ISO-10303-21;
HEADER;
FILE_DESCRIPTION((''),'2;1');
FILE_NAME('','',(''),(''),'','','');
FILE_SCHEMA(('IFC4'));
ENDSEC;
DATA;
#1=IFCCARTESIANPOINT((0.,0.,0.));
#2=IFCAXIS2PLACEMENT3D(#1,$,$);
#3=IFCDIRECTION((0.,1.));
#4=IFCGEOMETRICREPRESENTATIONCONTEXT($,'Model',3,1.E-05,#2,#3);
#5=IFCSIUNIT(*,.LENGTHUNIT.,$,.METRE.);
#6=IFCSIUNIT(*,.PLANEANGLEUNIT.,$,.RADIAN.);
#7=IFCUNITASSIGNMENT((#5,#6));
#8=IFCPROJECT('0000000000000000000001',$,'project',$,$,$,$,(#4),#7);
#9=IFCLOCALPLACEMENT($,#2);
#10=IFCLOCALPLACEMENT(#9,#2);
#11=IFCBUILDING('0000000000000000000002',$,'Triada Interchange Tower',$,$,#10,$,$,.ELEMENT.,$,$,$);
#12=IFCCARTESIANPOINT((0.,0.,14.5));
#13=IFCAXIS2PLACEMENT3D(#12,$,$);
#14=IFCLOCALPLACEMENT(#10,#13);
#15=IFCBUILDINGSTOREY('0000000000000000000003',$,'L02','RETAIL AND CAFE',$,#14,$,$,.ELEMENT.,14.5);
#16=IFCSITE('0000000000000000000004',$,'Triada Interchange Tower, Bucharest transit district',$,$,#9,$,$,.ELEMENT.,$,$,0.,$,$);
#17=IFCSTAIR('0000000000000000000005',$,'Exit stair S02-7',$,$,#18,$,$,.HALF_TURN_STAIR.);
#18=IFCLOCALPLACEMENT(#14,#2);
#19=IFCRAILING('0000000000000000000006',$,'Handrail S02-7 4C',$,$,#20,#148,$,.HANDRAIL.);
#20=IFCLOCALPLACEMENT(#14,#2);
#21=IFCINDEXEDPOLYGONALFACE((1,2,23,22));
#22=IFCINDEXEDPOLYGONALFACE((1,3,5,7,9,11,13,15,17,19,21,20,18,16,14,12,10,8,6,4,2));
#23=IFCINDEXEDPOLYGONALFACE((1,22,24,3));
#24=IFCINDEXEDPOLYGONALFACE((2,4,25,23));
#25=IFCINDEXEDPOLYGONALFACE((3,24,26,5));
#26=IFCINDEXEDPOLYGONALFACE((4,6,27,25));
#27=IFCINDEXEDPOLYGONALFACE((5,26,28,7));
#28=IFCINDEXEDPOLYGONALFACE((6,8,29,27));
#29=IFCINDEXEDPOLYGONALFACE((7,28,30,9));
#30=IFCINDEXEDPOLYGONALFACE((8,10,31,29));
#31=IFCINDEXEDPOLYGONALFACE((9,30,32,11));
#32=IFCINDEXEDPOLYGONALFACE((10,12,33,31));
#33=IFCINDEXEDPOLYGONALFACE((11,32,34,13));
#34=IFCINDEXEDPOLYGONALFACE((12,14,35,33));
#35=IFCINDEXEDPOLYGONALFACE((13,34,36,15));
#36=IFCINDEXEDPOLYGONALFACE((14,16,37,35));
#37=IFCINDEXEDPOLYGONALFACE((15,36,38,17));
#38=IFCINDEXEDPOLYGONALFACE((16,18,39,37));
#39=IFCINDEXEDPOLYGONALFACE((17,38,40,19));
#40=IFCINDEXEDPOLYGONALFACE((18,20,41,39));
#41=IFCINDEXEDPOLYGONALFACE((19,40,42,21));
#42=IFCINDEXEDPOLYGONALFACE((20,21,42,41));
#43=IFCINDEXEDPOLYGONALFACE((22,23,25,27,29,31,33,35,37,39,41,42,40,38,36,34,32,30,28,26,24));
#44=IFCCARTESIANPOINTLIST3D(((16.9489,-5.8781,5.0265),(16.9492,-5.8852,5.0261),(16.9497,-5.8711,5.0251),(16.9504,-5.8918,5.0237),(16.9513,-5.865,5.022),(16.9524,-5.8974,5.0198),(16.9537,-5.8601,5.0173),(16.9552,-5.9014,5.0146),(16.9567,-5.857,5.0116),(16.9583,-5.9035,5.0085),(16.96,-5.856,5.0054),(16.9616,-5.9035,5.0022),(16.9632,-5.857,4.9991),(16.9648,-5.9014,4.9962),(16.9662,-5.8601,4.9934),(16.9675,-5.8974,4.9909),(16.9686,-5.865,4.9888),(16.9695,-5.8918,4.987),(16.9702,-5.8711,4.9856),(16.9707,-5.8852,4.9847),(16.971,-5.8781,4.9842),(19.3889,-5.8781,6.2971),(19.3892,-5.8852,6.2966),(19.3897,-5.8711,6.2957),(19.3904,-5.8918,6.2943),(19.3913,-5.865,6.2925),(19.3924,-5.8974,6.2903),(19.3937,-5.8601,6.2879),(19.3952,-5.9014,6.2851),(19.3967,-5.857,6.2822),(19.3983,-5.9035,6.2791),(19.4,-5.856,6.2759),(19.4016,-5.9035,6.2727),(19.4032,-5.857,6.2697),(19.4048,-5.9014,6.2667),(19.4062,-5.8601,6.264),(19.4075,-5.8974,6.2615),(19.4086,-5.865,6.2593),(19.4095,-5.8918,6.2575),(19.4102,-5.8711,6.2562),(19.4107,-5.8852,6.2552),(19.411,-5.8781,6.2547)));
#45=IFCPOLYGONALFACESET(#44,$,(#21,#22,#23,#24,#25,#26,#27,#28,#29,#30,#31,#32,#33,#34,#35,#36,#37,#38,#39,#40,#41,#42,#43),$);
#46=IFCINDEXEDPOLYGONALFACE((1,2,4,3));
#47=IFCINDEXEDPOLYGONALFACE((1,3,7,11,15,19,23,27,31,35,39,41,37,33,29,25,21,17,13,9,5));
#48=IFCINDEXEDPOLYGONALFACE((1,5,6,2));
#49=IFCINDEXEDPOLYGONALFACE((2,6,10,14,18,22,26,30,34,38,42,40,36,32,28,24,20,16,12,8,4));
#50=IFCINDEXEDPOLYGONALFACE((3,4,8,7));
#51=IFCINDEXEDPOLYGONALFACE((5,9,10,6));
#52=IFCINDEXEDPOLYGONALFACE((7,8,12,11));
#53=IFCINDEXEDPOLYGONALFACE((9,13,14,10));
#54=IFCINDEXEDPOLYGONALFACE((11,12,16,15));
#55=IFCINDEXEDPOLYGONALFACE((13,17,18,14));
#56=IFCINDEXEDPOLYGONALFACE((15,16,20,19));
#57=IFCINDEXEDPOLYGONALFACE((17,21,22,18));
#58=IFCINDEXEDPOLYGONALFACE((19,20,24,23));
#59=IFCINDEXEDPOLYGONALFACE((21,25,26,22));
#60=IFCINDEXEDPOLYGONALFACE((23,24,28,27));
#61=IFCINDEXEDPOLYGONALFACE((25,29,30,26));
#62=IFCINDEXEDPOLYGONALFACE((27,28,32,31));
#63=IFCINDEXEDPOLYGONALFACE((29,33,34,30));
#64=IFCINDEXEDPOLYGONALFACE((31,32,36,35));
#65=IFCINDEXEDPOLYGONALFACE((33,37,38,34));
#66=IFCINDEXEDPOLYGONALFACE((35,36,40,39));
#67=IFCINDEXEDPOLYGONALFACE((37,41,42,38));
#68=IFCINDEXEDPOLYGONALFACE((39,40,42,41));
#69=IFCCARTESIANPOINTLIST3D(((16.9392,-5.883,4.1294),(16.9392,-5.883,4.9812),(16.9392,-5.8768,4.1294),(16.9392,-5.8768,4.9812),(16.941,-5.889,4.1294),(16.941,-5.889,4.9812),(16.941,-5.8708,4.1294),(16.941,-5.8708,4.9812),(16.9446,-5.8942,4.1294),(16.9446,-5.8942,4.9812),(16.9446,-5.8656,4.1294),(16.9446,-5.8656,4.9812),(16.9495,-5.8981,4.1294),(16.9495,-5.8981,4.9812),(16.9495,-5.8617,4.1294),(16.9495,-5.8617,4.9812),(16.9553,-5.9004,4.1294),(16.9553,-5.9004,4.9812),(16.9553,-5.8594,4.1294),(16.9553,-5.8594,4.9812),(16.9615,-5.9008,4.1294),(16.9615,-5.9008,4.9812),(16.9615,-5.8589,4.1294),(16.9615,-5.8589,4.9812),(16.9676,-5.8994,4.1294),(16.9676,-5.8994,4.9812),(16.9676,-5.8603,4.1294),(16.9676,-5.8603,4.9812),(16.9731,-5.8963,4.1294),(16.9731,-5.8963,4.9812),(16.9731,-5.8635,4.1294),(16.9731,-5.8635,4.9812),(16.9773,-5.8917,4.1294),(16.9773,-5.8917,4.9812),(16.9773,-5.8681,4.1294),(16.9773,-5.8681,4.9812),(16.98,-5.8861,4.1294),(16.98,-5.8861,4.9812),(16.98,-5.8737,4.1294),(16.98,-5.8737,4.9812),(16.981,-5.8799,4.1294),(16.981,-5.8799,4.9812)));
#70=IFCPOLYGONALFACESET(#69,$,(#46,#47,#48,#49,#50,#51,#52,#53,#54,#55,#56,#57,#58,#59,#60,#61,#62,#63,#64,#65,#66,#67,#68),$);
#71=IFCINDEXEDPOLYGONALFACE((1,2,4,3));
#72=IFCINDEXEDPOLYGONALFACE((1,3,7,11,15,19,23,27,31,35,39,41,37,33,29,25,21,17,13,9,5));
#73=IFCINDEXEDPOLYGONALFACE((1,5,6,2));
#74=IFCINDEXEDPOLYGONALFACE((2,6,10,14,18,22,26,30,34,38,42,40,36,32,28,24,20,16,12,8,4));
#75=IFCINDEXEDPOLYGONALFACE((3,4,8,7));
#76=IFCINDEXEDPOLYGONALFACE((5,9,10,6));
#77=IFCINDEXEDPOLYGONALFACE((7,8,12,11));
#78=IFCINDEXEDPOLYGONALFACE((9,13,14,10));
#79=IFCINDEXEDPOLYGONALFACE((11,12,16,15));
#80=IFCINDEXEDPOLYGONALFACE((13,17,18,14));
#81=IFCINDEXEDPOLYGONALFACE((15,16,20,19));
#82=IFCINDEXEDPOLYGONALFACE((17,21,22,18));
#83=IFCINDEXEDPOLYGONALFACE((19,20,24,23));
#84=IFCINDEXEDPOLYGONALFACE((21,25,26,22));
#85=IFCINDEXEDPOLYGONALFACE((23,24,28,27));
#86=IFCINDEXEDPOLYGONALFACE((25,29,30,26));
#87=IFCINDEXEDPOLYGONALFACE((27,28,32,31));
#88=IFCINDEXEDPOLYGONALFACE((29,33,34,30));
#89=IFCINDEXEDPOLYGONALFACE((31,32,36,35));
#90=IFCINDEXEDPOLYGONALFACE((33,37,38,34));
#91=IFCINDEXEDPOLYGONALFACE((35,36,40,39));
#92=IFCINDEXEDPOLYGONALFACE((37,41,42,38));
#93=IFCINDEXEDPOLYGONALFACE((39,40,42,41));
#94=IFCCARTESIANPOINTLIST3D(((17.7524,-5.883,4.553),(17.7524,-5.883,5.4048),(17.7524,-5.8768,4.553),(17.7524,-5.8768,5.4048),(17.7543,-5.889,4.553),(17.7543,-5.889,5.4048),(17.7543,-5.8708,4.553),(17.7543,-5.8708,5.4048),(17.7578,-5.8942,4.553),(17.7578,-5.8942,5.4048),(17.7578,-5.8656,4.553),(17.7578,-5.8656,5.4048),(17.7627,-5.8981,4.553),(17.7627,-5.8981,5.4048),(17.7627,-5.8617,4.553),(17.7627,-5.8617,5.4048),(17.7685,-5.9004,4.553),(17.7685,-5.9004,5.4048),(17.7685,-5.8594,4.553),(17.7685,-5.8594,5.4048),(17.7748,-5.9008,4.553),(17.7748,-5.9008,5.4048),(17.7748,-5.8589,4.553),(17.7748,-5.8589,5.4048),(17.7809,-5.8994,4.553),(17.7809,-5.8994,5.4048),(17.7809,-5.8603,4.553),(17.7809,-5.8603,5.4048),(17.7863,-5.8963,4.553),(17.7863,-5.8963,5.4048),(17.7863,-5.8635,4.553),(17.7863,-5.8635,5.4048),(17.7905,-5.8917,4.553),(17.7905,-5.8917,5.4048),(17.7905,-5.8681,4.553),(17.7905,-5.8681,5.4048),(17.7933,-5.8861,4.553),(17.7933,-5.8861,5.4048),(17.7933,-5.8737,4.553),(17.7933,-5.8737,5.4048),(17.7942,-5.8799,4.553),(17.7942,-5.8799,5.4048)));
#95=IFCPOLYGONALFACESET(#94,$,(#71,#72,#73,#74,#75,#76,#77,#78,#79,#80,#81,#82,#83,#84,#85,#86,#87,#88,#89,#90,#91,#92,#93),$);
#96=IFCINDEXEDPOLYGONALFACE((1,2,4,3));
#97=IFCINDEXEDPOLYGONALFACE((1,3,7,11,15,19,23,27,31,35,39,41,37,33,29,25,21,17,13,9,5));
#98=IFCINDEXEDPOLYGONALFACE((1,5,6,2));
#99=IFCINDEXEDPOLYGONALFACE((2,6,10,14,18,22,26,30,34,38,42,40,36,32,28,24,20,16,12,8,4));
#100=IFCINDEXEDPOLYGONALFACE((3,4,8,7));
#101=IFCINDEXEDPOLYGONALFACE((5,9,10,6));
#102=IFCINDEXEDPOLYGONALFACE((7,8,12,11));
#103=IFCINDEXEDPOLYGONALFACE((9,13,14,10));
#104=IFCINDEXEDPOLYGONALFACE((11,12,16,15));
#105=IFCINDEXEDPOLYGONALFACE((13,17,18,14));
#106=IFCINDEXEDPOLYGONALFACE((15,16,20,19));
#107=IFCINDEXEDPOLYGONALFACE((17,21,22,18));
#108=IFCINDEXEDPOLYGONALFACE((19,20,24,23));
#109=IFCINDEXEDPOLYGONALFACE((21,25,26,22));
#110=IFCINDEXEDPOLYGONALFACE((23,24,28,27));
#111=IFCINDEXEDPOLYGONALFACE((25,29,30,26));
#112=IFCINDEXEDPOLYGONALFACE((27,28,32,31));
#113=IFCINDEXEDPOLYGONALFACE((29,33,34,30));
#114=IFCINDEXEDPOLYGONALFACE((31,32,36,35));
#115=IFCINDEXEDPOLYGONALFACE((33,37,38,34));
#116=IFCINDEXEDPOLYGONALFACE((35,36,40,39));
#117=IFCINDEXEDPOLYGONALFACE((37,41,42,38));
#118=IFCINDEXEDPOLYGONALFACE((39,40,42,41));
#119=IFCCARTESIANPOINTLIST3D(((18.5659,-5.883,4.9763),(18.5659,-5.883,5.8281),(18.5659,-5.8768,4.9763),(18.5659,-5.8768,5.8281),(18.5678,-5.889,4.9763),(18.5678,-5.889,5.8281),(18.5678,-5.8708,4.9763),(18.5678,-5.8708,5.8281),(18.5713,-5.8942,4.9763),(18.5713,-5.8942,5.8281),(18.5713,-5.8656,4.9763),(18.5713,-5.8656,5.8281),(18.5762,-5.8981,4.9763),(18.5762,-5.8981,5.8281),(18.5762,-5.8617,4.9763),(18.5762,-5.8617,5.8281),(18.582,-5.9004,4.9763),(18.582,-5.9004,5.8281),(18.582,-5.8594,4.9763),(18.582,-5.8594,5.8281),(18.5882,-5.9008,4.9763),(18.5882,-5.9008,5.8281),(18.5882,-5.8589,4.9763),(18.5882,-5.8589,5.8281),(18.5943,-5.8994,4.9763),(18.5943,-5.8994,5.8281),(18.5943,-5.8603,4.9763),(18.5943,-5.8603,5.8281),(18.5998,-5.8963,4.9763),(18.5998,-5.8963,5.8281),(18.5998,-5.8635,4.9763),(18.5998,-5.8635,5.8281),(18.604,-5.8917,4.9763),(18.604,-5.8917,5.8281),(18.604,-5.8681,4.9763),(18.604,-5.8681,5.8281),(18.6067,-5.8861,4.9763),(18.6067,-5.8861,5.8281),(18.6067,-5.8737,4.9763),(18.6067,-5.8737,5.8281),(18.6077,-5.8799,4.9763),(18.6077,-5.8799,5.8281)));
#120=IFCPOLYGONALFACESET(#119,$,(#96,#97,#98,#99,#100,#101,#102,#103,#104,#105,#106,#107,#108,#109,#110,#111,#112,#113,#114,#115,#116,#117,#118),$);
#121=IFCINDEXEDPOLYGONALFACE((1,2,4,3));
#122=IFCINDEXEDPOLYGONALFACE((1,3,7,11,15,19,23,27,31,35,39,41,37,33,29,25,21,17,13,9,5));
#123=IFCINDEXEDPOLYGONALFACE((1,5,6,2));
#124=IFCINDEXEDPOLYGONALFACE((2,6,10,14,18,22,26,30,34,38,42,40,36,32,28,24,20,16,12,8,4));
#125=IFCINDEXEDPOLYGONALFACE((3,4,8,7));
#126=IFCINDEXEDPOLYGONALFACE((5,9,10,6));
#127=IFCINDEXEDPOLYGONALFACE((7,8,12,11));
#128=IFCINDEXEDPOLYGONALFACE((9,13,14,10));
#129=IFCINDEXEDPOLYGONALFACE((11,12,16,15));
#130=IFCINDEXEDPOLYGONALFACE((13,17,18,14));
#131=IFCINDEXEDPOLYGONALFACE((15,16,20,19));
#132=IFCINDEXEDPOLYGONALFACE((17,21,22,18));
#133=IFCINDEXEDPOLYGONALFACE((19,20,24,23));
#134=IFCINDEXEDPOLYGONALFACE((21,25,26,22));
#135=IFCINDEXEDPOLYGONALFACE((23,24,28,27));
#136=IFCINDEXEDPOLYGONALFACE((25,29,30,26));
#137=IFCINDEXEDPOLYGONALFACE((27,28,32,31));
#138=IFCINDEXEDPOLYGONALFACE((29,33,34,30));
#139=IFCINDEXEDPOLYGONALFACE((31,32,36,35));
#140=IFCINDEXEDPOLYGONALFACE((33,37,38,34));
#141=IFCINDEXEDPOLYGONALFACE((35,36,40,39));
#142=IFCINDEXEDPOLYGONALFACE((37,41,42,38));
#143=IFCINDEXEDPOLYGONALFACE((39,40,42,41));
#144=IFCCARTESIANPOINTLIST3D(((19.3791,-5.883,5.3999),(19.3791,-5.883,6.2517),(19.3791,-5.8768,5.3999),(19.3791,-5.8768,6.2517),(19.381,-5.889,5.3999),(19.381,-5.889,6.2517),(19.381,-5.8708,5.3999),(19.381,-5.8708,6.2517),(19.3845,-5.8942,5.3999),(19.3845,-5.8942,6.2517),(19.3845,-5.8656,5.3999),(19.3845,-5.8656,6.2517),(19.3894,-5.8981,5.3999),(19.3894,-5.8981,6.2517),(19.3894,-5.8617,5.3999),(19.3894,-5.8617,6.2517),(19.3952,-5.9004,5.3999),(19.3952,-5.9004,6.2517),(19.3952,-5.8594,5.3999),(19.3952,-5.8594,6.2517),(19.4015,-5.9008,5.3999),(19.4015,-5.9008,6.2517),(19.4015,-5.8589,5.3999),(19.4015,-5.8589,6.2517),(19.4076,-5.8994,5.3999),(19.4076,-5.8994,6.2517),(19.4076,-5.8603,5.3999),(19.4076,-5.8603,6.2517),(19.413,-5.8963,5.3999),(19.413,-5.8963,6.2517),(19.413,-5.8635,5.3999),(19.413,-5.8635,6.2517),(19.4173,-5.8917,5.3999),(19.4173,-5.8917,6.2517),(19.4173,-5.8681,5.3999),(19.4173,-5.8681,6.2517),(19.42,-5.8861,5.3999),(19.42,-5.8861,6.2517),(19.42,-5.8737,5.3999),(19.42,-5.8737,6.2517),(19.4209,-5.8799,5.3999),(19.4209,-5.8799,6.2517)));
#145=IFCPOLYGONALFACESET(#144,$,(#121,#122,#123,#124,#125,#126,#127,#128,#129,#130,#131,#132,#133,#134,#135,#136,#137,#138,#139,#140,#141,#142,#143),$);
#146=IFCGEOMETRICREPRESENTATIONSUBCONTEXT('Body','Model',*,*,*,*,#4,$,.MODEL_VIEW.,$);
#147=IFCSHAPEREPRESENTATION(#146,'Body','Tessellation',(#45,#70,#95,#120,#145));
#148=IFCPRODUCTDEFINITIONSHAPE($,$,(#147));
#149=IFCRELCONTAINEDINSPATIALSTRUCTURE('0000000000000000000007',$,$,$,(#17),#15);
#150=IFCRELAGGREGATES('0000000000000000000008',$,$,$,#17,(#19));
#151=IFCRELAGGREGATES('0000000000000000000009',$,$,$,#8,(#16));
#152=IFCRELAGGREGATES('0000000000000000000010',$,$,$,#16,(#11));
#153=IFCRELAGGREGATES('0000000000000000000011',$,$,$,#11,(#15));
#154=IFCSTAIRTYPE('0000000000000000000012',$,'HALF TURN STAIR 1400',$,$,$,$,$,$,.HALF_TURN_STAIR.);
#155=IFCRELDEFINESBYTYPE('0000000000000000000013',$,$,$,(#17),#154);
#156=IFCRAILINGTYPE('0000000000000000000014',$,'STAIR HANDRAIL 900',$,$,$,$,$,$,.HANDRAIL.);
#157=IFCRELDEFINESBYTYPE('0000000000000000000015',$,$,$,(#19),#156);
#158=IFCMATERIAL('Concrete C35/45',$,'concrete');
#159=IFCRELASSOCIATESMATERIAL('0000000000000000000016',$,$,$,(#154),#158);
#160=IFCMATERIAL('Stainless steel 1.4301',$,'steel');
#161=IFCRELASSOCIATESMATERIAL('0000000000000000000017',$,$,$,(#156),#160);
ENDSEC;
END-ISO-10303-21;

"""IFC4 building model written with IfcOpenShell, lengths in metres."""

from ifc_helpers import new_model, si_unit, direction, frame, origin, origin_2d, place, context, subcontext, project, spatial, circle, extrude, material, type_object, element, aggregate, save


model = new_model("IFC4")

# Units and contexts
model_context = context("Model", 3, precision=1e-05, world=origin(), true_north=direction((0.0, 1.0)))
body_context = subcontext(model_context, "Body", "Model", "MODEL_VIEW")
ifc_project = project(units=[si_unit("LENGTHUNIT", "METRE"), si_unit("PLANEANGLEUNIT", "RADIAN")], contexts=[model_context])

# Site, building, storey
site_placement = place(None, origin())
site = spatial("IfcSite", under=ifc_project, at=site_placement, Name="Triada Interchange Tower, Bucharest transit district", CompositionType="ELEMENT", RefElevation=0.0)
building_placement = place(site_placement, origin())
building = spatial("IfcBuilding", under=site, at=building_placement, Name="Triada Interchange Tower", CompositionType="ELEMENT")
storey_placement = place(building_placement, frame((0.0, 0.0, 14.5)))
storey = spatial("IfcBuildingStorey", under=building, at=storey_placement, Name="L02", Description="RETAIL AND CAFE", CompositionType="ELEMENT", Elevation=14.5)

# Shared definitions
ifc_material_1 = material(Name="Concrete C35/45", Category="concrete")

# Stair, railing
stair_type = type_object("IfcStairType", Name="HALF TURN STAIR 1400", PredefinedType="HALF_TURN_STAIR", material=ifc_material_1)
stair_placement = place(storey_placement, origin())
stair = element("IfcStair", 1, at=stair_placement, inside=storey, type_object=stair_type, Name="Exit stair S02-7", PredefinedType="HALF_TURN_STAIR")
ifc_material_2 = material(Name="Stainless steel 1.4301", Category="steel")
railing_type_1 = type_object("IfcRailingType", Name="STAIR HANDRAIL 900", PredefinedType="HANDRAIL", material=ifc_material_2)
railing_1_placement = place(storey_placement, frame((16.96, -5.8799, 4.1294)))
railing_1 = element("IfcRailing", 2, at=railing_1_placement, type_object=railing_type_1, Name="Handrail S02-7 4C", PredefinedType="HANDRAIL", context=body_context, shape_type="SweptSolid", body=[
    extrude(circle(Radius=0.0239, at=origin_2d()), frame((0.0, 0.0, 0.876), z_axis=(0.886958, 0.0, 0.46185), x_axis=(0.0, 1.0, 0.0)), (0.0, 0.0, 1.0), 2.751),
    extrude(circle(Radius=0.021, at=origin_2d()), origin(), (0.0, 0.0, 1.0), 0.8518),
    extrude(circle(Radius=0.021, at=origin_2d()), frame((0.8132, 0.0, 0.4236)), (0.0, 0.0, 1.0), 0.8518),
    extrude(circle(Radius=0.021, at=origin_2d()), frame((1.6267, 0.0, 0.8469)), (0.0, 0.0, 1.0), 0.8518),
    extrude(circle(Radius=0.021, at=origin_2d()), frame((2.4399, 0.0, 1.2705)), (0.0, 0.0, 1.0), 0.8518),
])
aggregate(stair, [railing_1])

save(model, "model.ifc")
